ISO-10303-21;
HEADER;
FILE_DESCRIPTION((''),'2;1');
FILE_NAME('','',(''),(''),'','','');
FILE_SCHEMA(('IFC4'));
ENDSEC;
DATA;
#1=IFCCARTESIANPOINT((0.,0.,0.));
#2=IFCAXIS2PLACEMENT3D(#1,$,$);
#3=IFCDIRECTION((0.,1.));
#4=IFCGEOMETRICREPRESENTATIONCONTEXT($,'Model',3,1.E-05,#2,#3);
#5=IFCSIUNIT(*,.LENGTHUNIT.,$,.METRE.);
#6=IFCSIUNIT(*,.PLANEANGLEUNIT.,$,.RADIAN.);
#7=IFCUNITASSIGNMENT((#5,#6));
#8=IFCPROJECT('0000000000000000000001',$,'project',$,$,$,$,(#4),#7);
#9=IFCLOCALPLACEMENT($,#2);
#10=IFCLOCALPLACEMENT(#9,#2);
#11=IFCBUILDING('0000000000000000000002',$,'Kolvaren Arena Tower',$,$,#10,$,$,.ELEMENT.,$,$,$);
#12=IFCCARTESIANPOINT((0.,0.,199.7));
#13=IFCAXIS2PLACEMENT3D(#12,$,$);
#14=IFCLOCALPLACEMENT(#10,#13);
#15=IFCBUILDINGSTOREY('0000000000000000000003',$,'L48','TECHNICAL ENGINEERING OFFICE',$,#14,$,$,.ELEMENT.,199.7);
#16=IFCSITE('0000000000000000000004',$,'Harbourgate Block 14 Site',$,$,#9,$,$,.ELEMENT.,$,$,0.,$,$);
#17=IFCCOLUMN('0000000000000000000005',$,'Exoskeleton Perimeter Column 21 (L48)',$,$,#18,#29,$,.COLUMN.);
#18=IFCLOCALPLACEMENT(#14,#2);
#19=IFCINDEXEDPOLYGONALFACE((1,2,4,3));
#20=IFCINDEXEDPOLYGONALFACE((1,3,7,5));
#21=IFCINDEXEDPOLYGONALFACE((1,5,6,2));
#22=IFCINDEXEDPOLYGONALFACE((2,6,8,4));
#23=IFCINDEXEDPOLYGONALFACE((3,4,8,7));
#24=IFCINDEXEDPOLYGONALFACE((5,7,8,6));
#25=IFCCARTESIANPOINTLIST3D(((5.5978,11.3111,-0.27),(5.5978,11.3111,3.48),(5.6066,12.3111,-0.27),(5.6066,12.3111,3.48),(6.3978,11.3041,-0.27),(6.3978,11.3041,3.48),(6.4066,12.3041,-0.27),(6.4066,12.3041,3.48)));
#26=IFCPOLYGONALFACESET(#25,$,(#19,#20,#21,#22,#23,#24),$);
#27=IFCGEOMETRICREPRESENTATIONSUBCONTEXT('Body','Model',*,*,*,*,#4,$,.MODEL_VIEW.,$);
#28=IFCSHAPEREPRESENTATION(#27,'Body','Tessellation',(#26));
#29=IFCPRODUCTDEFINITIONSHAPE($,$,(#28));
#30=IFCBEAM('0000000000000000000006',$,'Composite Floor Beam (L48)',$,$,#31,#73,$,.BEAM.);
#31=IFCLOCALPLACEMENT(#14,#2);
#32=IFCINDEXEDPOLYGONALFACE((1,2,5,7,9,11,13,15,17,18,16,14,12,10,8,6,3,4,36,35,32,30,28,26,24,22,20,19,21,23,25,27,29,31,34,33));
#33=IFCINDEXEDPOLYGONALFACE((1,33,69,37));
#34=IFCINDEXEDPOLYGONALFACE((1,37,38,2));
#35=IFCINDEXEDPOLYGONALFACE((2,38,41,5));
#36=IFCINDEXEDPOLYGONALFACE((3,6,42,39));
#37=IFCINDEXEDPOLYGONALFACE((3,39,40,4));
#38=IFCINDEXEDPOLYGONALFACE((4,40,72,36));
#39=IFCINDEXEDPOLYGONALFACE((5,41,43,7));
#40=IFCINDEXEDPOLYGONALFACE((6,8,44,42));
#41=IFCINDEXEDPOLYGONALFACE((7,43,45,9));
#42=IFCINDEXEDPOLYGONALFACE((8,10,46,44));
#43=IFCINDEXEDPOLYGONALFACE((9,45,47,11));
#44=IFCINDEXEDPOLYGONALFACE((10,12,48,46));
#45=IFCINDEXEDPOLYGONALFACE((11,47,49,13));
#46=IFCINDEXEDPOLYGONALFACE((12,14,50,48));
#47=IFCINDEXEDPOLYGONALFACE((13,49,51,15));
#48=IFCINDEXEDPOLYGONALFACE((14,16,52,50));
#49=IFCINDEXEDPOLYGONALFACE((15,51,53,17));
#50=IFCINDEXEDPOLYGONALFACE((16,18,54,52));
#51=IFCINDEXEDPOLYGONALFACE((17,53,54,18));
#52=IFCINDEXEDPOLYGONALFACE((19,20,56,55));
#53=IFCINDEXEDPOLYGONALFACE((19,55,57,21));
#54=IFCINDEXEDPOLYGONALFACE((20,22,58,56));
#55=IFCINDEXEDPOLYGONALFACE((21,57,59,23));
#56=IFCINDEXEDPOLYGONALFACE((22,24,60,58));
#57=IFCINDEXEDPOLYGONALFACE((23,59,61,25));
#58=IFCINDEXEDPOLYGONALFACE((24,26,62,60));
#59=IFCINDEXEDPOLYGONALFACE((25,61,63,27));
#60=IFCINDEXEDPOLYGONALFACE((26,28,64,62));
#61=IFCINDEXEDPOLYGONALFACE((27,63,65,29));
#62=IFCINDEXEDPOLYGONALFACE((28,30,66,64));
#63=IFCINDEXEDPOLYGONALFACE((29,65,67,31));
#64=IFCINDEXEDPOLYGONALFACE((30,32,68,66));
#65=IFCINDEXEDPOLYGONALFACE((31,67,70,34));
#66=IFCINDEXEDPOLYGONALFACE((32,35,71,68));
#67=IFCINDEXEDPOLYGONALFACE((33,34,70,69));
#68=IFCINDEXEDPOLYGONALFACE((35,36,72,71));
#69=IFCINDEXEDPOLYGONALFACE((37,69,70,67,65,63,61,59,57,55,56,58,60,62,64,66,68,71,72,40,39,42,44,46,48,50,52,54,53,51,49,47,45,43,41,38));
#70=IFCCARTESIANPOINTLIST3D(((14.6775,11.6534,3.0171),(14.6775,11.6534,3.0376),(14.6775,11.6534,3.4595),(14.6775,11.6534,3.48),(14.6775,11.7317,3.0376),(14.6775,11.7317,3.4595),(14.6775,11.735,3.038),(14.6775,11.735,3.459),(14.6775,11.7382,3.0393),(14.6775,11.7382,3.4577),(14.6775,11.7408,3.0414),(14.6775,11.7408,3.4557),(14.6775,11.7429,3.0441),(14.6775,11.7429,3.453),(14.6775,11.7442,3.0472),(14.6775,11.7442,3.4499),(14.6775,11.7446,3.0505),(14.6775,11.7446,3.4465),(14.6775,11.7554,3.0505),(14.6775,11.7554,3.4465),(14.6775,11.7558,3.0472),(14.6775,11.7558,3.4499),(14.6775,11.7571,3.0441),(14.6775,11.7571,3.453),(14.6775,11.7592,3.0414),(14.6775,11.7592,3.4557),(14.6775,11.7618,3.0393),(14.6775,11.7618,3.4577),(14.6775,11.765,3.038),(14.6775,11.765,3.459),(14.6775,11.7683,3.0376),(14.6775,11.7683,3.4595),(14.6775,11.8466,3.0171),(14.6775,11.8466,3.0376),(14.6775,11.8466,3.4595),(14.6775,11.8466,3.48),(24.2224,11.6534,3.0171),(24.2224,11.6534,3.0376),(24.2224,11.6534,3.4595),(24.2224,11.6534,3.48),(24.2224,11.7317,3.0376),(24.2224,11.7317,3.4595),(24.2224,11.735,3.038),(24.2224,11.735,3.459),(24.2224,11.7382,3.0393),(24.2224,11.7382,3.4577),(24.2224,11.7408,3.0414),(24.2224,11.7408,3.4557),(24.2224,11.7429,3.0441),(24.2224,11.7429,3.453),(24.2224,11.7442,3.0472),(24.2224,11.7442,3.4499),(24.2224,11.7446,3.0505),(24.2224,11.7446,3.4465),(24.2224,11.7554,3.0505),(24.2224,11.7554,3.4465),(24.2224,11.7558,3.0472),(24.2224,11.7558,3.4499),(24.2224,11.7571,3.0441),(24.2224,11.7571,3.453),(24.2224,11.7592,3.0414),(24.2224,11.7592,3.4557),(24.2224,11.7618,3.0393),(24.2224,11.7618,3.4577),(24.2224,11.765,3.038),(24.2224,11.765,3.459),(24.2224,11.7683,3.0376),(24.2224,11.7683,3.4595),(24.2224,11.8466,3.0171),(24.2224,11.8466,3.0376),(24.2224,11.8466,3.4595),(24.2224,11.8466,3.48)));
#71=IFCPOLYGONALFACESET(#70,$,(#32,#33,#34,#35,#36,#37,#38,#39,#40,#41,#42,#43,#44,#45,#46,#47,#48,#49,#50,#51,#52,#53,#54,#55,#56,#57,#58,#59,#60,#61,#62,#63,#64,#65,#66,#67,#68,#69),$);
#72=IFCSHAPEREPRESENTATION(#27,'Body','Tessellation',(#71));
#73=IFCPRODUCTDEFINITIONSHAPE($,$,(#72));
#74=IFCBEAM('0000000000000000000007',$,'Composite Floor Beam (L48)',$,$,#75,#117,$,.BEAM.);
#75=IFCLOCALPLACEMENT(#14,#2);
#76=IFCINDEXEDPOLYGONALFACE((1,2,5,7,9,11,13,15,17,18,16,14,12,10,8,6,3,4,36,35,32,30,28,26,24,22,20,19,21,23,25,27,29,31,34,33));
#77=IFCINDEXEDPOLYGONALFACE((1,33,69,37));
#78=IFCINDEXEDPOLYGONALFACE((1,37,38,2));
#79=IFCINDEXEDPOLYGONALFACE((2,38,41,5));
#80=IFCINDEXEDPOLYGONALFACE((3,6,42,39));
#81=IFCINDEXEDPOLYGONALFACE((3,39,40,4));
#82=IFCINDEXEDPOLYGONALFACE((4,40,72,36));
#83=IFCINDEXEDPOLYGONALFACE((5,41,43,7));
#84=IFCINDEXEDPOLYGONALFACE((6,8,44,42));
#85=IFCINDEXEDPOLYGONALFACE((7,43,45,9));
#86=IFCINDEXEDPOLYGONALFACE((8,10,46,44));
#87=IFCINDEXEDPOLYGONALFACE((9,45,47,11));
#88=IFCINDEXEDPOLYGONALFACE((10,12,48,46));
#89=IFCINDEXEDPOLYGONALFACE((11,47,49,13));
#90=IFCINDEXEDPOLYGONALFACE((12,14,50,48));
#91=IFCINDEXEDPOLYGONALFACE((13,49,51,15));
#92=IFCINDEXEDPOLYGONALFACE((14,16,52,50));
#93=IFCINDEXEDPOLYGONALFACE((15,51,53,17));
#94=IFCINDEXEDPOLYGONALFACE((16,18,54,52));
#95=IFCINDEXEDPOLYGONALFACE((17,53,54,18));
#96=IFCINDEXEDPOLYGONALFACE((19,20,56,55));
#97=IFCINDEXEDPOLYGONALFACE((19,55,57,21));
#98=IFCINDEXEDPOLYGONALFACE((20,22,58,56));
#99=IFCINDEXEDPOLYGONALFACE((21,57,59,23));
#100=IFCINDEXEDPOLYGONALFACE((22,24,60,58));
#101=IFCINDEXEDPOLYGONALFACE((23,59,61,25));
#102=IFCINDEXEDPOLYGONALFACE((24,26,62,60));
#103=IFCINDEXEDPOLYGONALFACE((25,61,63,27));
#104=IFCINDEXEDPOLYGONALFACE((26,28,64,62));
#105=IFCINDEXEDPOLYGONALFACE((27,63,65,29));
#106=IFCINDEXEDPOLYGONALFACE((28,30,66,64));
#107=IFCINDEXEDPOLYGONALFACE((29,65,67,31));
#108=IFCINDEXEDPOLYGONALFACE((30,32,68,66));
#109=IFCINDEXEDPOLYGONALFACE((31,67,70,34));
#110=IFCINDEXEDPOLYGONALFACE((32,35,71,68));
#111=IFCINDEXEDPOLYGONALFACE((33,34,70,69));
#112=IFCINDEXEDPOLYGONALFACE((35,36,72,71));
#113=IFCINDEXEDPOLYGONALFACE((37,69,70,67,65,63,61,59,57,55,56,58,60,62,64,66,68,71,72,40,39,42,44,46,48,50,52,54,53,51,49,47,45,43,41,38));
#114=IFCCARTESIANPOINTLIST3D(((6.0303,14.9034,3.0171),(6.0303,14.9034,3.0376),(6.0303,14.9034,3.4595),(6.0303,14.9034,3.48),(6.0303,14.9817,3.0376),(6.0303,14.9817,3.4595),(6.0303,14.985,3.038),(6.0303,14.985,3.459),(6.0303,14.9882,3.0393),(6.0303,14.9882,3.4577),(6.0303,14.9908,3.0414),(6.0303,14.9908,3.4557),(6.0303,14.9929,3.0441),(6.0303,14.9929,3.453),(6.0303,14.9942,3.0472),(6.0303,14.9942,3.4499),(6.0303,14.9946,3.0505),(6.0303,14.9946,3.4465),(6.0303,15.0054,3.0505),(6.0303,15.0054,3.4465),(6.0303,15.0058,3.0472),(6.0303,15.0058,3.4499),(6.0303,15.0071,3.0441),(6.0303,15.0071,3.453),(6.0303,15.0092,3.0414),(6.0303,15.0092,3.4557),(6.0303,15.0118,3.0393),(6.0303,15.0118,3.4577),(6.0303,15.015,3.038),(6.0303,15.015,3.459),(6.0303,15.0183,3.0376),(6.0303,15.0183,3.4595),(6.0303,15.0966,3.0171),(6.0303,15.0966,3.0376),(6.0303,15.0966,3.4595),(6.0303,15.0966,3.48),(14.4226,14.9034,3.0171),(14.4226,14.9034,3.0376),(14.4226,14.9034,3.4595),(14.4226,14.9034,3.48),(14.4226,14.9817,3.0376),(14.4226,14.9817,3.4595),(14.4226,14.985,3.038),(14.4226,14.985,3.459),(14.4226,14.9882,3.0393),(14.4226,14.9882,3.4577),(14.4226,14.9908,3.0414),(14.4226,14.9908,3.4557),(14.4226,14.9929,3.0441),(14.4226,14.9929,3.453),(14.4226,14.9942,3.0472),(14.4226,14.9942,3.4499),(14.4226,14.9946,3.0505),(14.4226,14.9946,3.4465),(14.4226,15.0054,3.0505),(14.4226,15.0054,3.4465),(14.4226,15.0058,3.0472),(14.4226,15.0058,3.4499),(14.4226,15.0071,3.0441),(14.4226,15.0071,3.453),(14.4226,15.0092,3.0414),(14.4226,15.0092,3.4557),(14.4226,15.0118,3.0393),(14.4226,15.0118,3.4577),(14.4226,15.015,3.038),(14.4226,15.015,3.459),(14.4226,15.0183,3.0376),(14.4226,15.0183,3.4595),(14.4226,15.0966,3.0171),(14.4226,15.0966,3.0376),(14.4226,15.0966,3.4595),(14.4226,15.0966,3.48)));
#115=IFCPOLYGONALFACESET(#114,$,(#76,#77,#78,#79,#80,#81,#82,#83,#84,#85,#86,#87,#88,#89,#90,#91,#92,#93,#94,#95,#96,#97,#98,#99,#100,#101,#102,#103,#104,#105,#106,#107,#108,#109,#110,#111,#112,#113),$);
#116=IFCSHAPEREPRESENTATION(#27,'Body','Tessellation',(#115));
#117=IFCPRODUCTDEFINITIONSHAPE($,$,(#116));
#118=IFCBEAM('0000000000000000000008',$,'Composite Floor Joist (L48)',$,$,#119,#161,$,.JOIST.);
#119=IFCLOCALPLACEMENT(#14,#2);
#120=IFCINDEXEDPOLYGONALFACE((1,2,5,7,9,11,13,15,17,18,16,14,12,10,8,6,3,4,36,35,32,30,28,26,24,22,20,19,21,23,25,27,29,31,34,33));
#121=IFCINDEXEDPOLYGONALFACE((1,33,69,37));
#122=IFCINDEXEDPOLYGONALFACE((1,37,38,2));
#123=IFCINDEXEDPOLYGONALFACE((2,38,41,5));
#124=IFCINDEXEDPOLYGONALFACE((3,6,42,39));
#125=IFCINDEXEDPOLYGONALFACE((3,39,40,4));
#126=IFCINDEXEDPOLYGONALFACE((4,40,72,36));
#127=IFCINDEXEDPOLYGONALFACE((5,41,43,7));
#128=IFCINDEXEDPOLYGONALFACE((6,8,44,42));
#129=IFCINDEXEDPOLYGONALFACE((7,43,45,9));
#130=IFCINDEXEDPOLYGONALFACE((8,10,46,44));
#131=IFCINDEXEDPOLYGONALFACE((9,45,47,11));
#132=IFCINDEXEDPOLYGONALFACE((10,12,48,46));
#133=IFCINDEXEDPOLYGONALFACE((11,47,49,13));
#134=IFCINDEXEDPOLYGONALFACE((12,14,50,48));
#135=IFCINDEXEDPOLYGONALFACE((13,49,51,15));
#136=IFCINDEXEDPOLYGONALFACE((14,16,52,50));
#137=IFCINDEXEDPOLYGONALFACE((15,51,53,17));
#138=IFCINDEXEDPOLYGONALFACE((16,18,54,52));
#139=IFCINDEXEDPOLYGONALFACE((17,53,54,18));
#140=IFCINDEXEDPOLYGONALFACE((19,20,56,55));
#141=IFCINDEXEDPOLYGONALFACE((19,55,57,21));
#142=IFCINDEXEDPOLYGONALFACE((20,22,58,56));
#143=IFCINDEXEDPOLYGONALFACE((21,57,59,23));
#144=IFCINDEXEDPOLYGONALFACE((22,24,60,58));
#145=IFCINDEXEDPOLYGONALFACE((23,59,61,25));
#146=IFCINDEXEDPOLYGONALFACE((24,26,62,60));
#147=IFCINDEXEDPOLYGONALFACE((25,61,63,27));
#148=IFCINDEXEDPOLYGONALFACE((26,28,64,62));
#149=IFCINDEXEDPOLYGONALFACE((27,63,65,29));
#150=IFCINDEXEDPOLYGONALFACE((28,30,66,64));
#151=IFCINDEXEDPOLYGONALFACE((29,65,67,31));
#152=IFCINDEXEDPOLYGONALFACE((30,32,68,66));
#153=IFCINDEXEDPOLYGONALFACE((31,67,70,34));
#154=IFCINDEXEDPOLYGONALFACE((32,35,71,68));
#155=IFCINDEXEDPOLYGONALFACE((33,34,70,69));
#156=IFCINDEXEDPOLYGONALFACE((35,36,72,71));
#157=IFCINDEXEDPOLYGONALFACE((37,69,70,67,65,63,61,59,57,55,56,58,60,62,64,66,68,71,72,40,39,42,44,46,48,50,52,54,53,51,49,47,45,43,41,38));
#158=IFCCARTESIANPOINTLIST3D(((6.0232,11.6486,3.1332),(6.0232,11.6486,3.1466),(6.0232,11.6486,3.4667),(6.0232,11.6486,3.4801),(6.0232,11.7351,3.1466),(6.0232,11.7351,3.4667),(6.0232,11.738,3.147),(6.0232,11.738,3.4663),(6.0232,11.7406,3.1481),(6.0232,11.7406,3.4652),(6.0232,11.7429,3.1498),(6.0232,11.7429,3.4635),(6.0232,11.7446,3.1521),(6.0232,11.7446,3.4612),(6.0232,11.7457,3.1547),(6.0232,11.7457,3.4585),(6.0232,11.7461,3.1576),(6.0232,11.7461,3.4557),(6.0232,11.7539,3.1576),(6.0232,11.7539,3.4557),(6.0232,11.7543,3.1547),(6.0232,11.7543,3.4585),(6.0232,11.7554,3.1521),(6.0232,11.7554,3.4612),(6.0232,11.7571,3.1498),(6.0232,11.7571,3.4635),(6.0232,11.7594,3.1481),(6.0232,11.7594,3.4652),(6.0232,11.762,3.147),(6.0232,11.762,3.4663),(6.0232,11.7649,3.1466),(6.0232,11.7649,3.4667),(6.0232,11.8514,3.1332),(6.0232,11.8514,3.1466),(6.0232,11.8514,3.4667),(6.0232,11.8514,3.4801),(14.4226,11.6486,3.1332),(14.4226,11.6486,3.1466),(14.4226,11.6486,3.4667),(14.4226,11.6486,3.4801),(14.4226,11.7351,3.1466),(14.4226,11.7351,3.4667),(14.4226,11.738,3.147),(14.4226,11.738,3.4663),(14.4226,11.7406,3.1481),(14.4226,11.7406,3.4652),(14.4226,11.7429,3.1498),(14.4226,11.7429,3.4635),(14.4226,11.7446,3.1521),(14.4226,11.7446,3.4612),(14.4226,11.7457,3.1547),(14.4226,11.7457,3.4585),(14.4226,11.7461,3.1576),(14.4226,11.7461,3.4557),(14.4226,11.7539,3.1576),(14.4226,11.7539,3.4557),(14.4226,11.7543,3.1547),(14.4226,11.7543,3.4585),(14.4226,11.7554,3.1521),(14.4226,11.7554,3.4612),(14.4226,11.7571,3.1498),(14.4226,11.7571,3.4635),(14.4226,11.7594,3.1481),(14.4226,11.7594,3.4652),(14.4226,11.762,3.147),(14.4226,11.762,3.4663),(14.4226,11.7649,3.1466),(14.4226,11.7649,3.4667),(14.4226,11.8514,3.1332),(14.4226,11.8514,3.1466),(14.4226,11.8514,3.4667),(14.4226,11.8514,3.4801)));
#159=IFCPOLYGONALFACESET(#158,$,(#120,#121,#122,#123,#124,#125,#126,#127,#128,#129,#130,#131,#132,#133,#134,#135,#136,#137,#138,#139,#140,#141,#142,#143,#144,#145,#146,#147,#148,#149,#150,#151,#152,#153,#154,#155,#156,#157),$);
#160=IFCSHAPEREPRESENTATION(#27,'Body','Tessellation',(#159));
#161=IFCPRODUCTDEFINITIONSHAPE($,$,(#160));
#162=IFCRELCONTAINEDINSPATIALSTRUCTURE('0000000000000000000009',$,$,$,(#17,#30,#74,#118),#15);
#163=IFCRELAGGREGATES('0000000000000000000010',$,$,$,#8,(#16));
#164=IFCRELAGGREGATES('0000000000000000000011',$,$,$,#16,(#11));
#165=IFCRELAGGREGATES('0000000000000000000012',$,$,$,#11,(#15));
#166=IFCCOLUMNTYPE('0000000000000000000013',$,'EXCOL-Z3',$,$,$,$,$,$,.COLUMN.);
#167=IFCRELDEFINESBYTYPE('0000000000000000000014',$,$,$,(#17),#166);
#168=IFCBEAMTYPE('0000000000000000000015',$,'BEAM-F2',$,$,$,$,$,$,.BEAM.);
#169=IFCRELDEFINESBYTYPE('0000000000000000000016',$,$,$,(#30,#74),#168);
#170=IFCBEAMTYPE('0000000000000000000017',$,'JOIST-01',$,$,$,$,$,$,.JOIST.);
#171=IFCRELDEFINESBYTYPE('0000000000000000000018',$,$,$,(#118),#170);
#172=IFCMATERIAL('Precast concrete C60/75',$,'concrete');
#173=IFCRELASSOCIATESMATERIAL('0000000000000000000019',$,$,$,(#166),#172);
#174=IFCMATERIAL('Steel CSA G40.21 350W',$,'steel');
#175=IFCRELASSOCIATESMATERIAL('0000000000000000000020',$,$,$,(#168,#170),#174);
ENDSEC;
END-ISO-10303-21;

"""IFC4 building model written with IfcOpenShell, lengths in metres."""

from ifc_helpers import new_model, si_unit, direction, frame, origin, origin_2d, place, context, subcontext, project, spatial, rectangle, i_section, extrude, material, material_profile, profile_set, type_object, element, save


model = new_model("IFC4")

# Units and contexts
model_context = context("Model", 3, precision=1e-05, world=origin(), true_north=direction((0.0, 1.0)))
body_context = subcontext(model_context, "Body", "Model", "MODEL_VIEW")
ifc_project = project(units=[si_unit("LENGTHUNIT", "METRE"), si_unit("PLANEANGLEUNIT", "RADIAN")], contexts=[model_context])

# Site, building, storey
site_placement = place(None, origin())
site = spatial("IfcSite", under=ifc_project, at=site_placement, Name="Harbourgate Block 14 Site", CompositionType="ELEMENT", RefElevation=0.0)
building_placement = place(site_placement, origin())
building = spatial("IfcBuilding", under=site, at=building_placement, Name="Kolvaren Arena Tower", CompositionType="ELEMENT")
storey_placement = place(building_placement, frame((0.0, 0.0, 199.7)))
storey = spatial("IfcBuildingStorey", under=building, at=storey_placement, Name="L48", Description="TECHNICAL ENGINEERING OFFICE", CompositionType="ELEMENT", Elevation=199.7)

# Column
ifc_material_1 = material(Name="Precast concrete C60/75", Category="concrete")
ifc_material_profile_1 = material_profile(ifc_material_1, rectangle(XDim=1.0, YDim=0.8, at=origin_2d()), Name="RC-1000x800")
ifc_profile_set_1 = profile_set([ifc_material_profile_1], Name="Precast concrete C60/75")
column_type = type_object("IfcColumnType", Name="EXCOL-Z3", PredefinedType="COLUMN", material=ifc_profile_set_1)
column_placement = place(storey_placement, frame((6.0022, 11.8076, -0.27), z_axis=(0.0, 0.0, 1.0), x_axis=(0.008727, 0.999962, 0.0)))
element("IfcColumn", 1, at=column_placement, inside=storey, type_object=column_type, Name="Exoskeleton Perimeter Column 21 (L48)", PredefinedType="COLUMN", context=body_context, shape_type="SweptSolid", body=[
    extrude(rectangle(XDim=1.0, YDim=0.8, at=origin_2d()), origin(), (0.0, 0.0, 1.0), 3.75),
])

# Beams
ifc_material_2 = material(Name="Steel CSA G40.21 350W", Category="steel")
ifc_material_profile_2 = material_profile(ifc_material_2, i_section(OverallWidth=0.1931, OverallDepth=0.4629, WebThickness=0.0107, FlangeThickness=0.0205, FilletRadius=0.0129, at=origin_2d()), Name="W460x113")
ifc_profile_set_2 = profile_set([ifc_material_profile_2], Name="Steel CSA G40.21 350W")
beam_type_1 = type_object("IfcBeamType", Name="BEAM-F2", PredefinedType="BEAM", material=ifc_profile_set_2)
beam_1_placement = place(storey_placement, frame((14.6775, 11.75, 3.2485), z_axis=(1.0, 0.0, 0.0), x_axis=(0.0, 1.0, 0.0)))
element("IfcBeam", 2, at=beam_1_placement, inside=storey, type_object=beam_type_1, Name="Composite Floor Beam (L48)", PredefinedType="BEAM", context=body_context, shape_type="SweptSolid", body=[
    extrude(i_section(OverallWidth=0.1931, OverallDepth=0.4629, WebThickness=0.0107, FlangeThickness=0.0205, FilletRadius=0.0129, at=origin_2d()), origin(), (0.0, 0.0, 1.0), 9.5449),
])
beam_2_placement = place(storey_placement, frame((6.0303, 15.0, 3.2485), z_axis=(1.0, 0.0, 0.0), x_axis=(0.0, 1.0, 0.0)))
element("IfcBeam", 3, at=beam_2_placement, inside=storey, type_object=beam_type_1, Name="Composite Floor Beam (L48)", PredefinedType="BEAM", context=body_context, shape_type="SweptSolid", body=[
    extrude(i_section(OverallWidth=0.1931, OverallDepth=0.4629, WebThickness=0.0107, FlangeThickness=0.0205, FilletRadius=0.0129, at=origin_2d()), origin(), (0.0, 0.0, 1.0), 8.3923),
])
ifc_material_profile_3 = material_profile(ifc_material_2, i_section(OverallWidth=0.2029, OverallDepth=0.3469, WebThickness=0.0078, FlangeThickness=0.0134, FilletRadius=0.011, at=origin_2d()), Name="W360x64")
ifc_profile_set_3 = profile_set([ifc_material_profile_3], Name="Steel CSA G40.21 350W")
beam_type_2 = type_object("IfcBeamType", Name="JOIST-01", PredefinedType="JOIST", material=ifc_profile_set_3)
beam_3_placement = place(storey_placement, frame((6.0232, 11.75, 3.3066), z_axis=(1.0, 0.0, 0.0), x_axis=(0.0, 1.0, 0.0)))
element("IfcBeam", 4, at=beam_3_placement, inside=storey, type_object=beam_type_2, Name="Composite Floor Joist (L48)", PredefinedType="JOIST", context=body_context, shape_type="SweptSolid", body=[
    extrude(i_section(OverallWidth=0.2029, OverallDepth=0.3469, WebThickness=0.0078, FlangeThickness=0.0134, FilletRadius=0.011, at=origin_2d()), origin(), (0.0, 0.0, 1.0), 8.3994),
])

save(model, "model.ifc")
